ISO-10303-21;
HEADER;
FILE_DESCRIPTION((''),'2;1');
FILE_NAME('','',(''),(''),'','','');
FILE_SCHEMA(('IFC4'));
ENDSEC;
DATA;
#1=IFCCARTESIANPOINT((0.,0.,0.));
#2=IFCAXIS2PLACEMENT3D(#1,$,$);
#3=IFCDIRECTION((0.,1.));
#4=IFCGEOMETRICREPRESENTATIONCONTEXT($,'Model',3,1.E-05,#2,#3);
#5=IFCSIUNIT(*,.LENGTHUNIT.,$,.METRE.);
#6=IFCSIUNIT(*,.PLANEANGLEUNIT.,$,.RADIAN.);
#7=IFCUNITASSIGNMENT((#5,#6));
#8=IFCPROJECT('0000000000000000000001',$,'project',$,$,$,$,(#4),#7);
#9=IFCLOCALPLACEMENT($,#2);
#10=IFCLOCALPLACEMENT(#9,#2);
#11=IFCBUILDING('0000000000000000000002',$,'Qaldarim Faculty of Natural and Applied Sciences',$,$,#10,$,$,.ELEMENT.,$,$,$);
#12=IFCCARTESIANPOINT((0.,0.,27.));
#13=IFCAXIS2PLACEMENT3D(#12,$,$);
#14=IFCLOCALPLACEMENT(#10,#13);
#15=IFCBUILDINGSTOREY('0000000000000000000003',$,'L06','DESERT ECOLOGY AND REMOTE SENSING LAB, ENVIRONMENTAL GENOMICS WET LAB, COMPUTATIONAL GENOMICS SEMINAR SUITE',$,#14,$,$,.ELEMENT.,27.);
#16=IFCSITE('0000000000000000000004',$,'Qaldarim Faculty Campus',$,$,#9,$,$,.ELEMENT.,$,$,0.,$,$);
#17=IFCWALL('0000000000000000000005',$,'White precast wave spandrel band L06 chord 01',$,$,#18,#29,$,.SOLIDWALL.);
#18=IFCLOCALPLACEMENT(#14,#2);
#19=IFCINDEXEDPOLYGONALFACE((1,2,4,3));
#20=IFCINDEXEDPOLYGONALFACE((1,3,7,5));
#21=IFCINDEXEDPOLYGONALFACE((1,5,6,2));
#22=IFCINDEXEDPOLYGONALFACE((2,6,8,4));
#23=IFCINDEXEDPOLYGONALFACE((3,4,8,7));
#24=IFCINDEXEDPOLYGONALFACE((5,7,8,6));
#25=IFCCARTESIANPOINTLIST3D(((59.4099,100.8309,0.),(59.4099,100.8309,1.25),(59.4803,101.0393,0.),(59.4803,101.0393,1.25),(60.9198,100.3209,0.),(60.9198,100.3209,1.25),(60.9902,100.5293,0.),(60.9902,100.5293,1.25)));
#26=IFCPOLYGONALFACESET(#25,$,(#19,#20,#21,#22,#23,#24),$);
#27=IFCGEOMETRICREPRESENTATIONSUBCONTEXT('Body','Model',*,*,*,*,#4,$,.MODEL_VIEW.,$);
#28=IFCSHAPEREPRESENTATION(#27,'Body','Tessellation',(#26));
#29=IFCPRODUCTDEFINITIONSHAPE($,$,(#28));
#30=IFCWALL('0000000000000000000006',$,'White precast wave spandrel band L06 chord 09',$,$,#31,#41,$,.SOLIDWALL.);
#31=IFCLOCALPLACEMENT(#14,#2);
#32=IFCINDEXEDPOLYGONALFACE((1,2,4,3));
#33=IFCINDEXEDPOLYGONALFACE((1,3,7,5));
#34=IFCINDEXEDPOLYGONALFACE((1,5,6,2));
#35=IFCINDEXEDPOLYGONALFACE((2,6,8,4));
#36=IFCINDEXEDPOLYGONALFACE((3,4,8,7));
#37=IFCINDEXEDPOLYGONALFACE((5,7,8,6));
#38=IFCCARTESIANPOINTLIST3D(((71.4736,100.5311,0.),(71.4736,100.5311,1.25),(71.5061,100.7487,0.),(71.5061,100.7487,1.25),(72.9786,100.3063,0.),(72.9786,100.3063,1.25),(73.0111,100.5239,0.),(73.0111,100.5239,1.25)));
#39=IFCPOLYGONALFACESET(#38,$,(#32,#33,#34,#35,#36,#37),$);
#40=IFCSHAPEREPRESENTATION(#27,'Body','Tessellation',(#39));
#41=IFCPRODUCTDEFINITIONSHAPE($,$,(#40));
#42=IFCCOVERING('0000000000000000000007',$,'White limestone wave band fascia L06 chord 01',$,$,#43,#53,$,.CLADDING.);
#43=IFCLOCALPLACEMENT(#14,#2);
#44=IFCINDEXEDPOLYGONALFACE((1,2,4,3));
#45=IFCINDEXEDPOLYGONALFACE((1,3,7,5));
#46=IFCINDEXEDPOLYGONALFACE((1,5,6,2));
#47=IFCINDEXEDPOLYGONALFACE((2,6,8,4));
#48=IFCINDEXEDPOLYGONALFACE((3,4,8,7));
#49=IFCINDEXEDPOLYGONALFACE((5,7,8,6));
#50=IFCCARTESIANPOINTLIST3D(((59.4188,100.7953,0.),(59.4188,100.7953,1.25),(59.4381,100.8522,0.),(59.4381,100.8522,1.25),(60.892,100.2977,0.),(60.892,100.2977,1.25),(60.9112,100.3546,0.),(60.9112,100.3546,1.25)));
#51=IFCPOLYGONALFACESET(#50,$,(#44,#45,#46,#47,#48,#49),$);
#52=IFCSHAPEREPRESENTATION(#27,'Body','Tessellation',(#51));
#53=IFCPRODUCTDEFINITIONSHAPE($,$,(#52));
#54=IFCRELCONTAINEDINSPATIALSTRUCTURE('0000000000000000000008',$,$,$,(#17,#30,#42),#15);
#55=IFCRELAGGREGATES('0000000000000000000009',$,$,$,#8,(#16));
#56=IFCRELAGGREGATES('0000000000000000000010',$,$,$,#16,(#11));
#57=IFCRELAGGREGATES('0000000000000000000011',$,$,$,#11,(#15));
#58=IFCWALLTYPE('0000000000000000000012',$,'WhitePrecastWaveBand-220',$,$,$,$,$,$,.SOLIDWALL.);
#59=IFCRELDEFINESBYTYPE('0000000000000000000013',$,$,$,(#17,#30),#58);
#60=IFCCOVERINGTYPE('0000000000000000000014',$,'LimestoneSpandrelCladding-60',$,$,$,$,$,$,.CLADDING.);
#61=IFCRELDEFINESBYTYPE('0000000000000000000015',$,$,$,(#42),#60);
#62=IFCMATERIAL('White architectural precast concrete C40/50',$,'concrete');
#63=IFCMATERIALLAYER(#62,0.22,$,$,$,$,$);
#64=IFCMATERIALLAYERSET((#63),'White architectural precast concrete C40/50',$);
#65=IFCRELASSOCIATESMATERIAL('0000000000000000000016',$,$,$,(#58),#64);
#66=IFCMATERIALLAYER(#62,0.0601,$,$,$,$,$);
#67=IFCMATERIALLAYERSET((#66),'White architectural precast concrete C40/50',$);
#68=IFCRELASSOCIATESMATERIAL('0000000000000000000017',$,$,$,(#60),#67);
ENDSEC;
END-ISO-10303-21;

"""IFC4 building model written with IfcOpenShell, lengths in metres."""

from ifc_helpers import new_model, si_unit, direction, frame, frame_2d, origin, origin_2d, place, context, subcontext, project, spatial, rectangle, extrude, material, layer, layer_set, type_object, element, save


model = new_model("IFC4")

# Units and contexts
model_context = context("Model", 3, precision=1e-05, world=origin(), true_north=direction((0.0, 1.0)))
body_context = subcontext(model_context, "Body", "Model", "MODEL_VIEW")
ifc_project = project(units=[si_unit("LENGTHUNIT", "METRE"), si_unit("PLANEANGLEUNIT", "RADIAN")], contexts=[model_context])

# Site, building, storey
site_placement = place(None, origin())
site = spatial("IfcSite", under=ifc_project, at=site_placement, Name="Qaldarim Faculty Campus", CompositionType="ELEMENT", RefElevation=0.0)
building_placement = place(site_placement, origin())
building = spatial("IfcBuilding", under=site, at=building_placement, Name="Qaldarim Faculty of Natural and Applied Sciences", CompositionType="ELEMENT")
storey_placement = place(building_placement, frame((0.0, 0.0, 27.0)))
storey = spatial("IfcBuildingStorey", under=building, at=storey_placement, Name="L06", Description="DESERT ECOLOGY AND REMOTE SENSING LAB, ENVIRONMENTAL GENOMICS WET LAB, COMPUTATIONAL GENOMICS SEMINAR SUITE", CompositionType="ELEMENT", Elevation=27.0)

# Walls
ifc_material_1 = material(Name="White architectural precast concrete C40/50", Category="concrete")
ifc_layer_1 = layer(ifc_material_1, 0.22)
ifc_layer_set_1 = layer_set([ifc_layer_1], Name="White architectural precast concrete C40/50")
wall_type_1 = type_object("IfcWallType", Name="WhitePrecastWaveBand-220", PredefinedType="SOLIDWALL", material=ifc_layer_set_1)
wall_1_placement = place(storey_placement, frame((59.4451, 100.9351, 0.0), z_axis=(0.0, 0.0, 1.0), x_axis=(0.94742, -0.319994, 0.0)))
element("IfcWall", 1, at=wall_1_placement, inside=storey, type_object=wall_type_1, Name="White precast wave spandrel band L06 chord 01", PredefinedType="SOLIDWALL", context=body_context, shape_type="SweptSolid", body=[
    extrude(rectangle(XDim=1.5938, YDim=0.22, at=frame_2d((0.7969, 0.0))), origin(), (0.0, 0.0, 1.0), 1.25),
])
wall_2_placement = place(storey_placement, frame((71.49, 100.6399, 0.0), z_axis=(0.0, 0.0, 1.0), x_axis=(0.989024, -0.147752, 0.0)))
element("IfcWall", 2, at=wall_2_placement, inside=storey, type_object=wall_type_1, Name="White precast wave spandrel band L06 chord 09", PredefinedType="SOLIDWALL", context=body_context, shape_type="SweptSolid", body=[
    extrude(rectangle(XDim=1.5217, YDim=0.22, at=frame_2d((0.7607, 0.0))), origin(), (0.0, 0.0, 1.0), 1.25),
])

# Covering
ifc_layer_2 = layer(ifc_material_1, 0.0601)
ifc_layer_set_2 = layer_set([ifc_layer_2], Name="White architectural precast concrete C40/50")
covering_type = type_object("IfcCoveringType", Name="LimestoneSpandrelCladding-60", PredefinedType="CLADDING", material=ifc_layer_set_2)
covering_placement = place(storey_placement, frame((60.165, 100.575, 0.0), z_axis=(0.0, 0.0, 1.0), x_axis=(0.947423, -0.319985, 0.0)))
element("IfcCovering", 3, at=covering_placement, inside=storey, type_object=covering_type, Name="White limestone wave band fascia L06 chord 01", PredefinedType="CLADDING", context=body_context, shape_type="SweptSolid", body=[
    extrude(rectangle(XDim=1.5549, YDim=0.0601, at=origin_2d()), origin(), (0.0, 0.0, 1.0), 1.25),
])

save(model, "model.ifc")
